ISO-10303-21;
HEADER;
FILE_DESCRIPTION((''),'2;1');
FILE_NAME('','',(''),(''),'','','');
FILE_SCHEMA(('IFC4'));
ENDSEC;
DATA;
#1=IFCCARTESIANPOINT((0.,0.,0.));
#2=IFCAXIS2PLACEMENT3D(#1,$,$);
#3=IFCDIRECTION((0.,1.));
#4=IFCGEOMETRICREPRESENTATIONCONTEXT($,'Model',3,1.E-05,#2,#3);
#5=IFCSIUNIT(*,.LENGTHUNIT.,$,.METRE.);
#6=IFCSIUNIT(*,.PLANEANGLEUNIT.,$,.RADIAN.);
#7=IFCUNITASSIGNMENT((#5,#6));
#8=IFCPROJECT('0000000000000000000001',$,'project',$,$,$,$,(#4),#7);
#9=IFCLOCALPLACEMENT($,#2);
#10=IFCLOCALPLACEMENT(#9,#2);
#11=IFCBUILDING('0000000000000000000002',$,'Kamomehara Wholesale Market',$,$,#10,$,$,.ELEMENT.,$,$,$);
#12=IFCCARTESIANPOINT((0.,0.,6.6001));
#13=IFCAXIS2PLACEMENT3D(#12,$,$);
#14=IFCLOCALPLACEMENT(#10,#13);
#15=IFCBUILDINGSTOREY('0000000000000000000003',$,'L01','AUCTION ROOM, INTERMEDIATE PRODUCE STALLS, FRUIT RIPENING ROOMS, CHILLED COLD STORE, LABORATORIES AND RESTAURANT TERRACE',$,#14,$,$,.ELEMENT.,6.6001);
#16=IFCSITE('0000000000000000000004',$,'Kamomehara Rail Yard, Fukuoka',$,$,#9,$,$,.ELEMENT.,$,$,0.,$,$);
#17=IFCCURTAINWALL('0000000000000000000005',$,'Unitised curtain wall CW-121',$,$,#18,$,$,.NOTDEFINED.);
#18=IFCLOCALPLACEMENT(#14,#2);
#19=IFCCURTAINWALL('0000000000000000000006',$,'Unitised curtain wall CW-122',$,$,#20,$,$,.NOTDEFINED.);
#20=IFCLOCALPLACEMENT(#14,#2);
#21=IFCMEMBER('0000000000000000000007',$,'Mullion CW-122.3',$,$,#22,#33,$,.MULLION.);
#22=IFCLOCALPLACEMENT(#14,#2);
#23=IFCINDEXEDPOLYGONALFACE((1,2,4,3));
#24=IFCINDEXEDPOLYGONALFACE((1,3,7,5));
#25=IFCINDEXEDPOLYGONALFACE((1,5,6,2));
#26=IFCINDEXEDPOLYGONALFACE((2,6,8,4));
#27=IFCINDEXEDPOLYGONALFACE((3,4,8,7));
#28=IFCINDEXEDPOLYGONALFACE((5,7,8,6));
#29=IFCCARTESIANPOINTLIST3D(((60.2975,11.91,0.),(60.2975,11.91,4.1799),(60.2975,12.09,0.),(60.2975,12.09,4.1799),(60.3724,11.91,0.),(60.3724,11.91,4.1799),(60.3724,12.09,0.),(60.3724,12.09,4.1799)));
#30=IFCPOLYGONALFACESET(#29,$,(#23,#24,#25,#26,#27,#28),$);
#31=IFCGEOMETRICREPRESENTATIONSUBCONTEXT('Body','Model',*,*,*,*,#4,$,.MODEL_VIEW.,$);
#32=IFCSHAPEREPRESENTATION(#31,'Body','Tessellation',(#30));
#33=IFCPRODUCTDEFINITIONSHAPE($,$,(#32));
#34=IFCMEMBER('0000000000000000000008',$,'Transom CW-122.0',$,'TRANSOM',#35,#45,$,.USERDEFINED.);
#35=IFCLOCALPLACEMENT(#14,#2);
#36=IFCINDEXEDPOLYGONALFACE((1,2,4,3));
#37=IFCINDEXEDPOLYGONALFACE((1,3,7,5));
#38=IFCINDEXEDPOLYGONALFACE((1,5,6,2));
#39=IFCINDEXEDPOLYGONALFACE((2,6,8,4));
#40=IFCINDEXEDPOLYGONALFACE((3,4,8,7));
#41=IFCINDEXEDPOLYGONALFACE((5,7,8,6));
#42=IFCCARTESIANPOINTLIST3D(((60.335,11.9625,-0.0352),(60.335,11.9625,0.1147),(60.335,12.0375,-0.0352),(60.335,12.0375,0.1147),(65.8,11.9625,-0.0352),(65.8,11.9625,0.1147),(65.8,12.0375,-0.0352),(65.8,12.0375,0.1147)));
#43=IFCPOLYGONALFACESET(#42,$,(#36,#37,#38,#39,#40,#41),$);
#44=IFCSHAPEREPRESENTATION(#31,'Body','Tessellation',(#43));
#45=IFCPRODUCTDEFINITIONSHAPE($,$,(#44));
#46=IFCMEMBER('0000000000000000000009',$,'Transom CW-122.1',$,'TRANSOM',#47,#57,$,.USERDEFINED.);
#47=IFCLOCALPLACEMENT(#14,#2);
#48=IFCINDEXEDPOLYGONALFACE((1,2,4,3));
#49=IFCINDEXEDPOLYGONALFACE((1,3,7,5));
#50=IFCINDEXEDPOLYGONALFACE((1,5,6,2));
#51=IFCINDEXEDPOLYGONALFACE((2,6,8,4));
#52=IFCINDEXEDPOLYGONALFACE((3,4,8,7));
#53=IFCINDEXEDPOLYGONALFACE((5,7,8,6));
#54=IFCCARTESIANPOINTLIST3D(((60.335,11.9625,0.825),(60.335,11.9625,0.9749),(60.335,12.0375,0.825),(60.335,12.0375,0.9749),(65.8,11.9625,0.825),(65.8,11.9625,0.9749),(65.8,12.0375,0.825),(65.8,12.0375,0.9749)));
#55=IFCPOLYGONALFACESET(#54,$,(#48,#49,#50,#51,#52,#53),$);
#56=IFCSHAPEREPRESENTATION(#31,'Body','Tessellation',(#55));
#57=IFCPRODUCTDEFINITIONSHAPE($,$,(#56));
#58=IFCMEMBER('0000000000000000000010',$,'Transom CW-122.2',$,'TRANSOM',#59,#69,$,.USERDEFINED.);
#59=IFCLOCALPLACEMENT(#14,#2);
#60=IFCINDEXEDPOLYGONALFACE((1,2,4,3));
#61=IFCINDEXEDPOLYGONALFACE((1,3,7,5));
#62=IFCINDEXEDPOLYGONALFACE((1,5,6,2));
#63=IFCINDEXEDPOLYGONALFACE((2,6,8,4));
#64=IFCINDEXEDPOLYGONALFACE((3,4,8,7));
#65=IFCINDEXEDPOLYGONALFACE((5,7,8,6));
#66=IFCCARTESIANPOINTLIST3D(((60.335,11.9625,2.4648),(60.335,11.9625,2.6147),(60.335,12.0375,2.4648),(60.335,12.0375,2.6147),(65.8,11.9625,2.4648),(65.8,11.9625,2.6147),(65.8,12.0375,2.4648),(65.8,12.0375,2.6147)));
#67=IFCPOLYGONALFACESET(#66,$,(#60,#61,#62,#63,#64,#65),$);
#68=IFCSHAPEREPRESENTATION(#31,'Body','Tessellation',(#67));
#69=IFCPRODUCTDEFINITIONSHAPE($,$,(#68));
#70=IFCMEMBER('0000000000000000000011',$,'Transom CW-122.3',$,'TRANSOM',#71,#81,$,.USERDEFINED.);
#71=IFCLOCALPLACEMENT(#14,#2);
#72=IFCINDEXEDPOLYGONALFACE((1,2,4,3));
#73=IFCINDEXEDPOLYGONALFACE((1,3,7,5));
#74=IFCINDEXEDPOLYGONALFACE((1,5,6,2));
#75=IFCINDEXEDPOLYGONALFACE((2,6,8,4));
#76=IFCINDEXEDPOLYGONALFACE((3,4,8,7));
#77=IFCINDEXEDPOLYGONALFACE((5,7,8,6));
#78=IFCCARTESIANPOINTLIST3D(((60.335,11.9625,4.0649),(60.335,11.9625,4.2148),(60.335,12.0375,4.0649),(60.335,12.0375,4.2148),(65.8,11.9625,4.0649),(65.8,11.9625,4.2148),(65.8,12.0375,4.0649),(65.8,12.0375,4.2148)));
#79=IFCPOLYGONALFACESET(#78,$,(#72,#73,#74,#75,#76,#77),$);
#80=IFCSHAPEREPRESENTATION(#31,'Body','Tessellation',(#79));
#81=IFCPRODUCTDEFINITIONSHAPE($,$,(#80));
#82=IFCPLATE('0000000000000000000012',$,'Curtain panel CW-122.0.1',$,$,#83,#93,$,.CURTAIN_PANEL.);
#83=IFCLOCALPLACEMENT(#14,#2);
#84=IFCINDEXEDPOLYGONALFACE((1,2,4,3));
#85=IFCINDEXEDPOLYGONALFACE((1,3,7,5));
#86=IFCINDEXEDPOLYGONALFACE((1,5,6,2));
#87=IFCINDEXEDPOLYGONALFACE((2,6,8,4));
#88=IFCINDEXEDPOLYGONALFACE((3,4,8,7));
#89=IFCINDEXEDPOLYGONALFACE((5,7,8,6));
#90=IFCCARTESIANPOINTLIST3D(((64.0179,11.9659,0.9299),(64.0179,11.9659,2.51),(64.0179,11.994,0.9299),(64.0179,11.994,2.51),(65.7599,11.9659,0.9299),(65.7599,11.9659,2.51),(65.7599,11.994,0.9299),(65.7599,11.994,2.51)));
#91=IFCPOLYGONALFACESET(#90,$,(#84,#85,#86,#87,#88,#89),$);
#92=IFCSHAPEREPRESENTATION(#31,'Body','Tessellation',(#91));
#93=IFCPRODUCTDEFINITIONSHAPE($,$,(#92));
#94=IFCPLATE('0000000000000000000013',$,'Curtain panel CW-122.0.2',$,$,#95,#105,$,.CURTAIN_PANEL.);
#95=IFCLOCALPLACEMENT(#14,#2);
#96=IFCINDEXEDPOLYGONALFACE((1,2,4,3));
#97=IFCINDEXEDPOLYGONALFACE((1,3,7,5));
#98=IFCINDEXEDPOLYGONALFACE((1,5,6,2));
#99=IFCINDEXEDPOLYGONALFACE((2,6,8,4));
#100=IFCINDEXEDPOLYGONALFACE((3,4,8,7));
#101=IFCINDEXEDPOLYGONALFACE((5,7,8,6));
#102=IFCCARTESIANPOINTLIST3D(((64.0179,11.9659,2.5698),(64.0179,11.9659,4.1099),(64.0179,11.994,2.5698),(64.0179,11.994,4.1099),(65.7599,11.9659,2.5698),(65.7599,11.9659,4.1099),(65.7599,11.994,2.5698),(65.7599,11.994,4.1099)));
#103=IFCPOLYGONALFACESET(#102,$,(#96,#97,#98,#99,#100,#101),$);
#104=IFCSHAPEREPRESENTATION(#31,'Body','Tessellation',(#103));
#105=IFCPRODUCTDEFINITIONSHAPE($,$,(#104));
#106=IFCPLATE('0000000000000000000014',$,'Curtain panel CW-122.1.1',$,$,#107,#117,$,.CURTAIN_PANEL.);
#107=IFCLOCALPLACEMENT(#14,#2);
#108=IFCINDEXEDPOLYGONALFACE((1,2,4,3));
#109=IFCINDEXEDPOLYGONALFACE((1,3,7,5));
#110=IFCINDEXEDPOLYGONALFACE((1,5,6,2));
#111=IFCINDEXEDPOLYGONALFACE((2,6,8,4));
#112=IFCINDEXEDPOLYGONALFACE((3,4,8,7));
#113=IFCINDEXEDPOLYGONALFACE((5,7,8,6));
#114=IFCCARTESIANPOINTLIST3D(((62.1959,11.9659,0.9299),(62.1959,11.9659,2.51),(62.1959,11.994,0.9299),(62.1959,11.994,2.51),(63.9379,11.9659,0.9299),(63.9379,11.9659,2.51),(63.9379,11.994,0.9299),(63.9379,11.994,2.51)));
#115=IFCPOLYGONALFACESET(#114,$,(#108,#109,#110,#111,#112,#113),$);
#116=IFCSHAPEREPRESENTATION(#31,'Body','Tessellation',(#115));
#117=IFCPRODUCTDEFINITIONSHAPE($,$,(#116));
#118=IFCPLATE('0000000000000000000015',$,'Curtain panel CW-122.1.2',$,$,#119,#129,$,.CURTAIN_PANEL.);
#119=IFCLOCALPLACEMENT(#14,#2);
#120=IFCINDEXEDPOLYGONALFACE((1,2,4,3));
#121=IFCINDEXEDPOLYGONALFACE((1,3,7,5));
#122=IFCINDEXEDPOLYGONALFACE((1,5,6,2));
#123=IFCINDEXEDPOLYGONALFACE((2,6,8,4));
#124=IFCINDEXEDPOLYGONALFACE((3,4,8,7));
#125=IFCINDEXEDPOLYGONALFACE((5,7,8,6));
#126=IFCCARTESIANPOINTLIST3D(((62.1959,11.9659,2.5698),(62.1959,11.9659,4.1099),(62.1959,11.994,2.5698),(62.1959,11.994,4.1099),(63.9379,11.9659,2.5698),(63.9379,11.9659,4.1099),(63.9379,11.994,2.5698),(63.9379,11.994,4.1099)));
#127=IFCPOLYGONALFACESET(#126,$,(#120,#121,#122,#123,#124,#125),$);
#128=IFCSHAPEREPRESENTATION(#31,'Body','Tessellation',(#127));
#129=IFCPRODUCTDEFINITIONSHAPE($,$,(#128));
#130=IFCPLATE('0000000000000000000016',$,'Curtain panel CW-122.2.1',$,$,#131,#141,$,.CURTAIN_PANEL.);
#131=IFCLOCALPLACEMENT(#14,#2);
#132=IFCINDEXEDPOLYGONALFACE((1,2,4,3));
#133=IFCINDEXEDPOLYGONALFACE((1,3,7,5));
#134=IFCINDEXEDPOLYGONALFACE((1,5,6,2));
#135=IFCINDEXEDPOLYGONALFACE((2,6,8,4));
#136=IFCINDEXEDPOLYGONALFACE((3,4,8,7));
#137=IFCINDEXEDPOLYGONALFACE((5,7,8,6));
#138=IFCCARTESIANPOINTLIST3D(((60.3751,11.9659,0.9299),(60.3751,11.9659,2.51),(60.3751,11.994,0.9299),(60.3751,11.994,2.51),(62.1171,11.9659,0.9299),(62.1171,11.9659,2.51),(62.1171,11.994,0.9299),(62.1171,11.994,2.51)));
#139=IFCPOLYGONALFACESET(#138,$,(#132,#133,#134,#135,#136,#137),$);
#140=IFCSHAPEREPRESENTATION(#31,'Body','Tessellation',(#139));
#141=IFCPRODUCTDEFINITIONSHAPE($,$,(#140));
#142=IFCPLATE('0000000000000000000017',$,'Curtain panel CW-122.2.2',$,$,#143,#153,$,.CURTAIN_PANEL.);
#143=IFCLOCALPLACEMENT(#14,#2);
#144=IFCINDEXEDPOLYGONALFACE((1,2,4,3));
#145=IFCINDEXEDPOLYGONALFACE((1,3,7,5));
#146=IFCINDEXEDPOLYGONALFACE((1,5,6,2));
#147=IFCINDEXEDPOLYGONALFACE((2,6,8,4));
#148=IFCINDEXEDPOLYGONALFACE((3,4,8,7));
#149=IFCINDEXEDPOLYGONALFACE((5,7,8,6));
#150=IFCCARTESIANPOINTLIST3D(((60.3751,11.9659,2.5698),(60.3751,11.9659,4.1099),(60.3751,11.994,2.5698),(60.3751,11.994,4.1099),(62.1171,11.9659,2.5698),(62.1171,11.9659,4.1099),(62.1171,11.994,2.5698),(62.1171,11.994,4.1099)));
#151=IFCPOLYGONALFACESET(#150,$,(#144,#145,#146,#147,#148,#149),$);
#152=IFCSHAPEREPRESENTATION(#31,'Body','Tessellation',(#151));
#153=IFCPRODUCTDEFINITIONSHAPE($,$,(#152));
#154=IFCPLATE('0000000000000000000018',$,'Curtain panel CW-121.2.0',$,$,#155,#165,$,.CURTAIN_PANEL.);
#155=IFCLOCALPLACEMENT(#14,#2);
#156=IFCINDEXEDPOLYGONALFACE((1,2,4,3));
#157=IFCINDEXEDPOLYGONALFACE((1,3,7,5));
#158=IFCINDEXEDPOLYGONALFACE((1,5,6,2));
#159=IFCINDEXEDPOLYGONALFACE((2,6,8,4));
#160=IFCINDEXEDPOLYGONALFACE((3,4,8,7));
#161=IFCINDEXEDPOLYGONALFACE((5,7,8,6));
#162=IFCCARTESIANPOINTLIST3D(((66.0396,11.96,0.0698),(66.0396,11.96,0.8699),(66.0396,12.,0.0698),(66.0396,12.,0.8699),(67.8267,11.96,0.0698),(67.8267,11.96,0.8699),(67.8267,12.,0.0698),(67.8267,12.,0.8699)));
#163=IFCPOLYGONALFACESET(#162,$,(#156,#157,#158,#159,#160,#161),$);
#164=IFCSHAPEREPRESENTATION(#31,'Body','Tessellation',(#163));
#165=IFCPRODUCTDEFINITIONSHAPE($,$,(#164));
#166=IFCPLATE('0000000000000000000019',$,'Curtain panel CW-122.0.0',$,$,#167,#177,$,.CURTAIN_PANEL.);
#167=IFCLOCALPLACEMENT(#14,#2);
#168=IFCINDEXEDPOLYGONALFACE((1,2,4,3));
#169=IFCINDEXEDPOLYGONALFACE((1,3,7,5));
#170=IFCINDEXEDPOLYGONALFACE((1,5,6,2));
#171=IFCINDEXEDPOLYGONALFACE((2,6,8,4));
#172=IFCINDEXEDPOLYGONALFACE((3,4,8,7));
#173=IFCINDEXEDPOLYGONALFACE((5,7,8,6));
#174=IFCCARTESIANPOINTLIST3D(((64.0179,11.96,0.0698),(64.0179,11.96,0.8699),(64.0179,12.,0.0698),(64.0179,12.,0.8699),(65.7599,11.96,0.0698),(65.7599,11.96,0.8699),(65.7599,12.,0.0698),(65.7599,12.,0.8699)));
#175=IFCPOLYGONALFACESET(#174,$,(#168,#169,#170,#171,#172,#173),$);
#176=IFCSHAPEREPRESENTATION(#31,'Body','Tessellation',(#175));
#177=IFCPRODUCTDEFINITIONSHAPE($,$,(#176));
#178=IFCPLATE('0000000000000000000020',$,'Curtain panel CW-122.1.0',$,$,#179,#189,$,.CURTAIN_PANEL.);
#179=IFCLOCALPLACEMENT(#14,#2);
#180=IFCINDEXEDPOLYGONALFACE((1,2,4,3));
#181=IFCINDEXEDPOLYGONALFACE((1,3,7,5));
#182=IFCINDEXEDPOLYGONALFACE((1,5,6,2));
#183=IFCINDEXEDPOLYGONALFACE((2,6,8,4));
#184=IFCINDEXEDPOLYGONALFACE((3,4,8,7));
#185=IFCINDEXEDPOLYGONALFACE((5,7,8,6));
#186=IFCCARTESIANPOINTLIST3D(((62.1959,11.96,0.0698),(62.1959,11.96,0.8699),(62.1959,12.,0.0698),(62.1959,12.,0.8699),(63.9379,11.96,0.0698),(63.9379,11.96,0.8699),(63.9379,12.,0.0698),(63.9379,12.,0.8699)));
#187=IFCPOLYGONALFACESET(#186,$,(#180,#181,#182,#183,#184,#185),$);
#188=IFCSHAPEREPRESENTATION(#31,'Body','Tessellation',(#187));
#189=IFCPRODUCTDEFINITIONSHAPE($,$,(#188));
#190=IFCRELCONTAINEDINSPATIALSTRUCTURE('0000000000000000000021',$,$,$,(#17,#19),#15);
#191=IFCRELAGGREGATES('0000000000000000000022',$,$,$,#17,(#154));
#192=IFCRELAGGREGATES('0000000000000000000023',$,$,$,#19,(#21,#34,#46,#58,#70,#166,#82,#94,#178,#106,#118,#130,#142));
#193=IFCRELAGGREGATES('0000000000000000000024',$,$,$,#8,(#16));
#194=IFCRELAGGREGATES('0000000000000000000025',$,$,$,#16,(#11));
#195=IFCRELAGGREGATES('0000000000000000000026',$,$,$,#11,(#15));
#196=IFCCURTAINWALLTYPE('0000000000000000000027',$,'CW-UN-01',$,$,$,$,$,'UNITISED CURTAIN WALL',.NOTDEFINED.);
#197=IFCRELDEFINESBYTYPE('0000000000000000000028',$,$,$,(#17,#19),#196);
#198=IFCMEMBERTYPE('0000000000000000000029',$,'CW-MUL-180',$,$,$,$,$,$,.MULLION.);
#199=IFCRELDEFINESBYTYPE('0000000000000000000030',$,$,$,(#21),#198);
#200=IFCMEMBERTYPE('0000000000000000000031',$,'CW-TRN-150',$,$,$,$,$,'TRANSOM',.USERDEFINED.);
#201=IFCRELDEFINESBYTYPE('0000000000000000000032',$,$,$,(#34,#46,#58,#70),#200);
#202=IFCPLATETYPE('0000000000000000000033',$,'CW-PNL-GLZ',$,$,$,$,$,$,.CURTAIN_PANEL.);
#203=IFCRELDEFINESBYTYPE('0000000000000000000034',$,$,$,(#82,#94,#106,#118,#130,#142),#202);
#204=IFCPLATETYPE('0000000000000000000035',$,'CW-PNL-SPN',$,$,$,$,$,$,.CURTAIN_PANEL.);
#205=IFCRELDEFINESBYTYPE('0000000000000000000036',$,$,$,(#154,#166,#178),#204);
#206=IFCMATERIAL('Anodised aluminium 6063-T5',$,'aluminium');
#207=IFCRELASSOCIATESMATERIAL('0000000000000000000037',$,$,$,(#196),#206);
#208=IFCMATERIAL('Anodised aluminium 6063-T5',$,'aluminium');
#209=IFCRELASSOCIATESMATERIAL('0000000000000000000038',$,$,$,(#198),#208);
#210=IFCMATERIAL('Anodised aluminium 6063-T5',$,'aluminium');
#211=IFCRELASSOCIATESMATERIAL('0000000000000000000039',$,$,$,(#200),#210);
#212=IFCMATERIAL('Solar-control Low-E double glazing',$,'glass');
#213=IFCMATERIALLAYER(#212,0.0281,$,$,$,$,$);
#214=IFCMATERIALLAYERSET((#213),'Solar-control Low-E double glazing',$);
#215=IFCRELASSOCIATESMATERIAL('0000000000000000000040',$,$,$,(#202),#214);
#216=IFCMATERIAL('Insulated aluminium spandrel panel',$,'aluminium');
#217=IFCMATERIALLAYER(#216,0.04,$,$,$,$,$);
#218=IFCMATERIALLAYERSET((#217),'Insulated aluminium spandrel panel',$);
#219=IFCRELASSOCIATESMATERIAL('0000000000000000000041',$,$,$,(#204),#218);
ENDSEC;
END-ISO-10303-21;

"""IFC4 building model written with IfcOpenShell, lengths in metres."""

from ifc_helpers import new_model, si_unit, direction, frame, origin, origin_2d, place, context, subcontext, project, spatial, rectangle, extrude, material, layer, layer_set, material_profile, profile_set, type_object, element, aggregate, save


model = new_model("IFC4")

# Units and contexts
model_context = context("Model", 3, precision=1e-05, world=origin(), true_north=direction((0.0, 1.0)))
body_context = subcontext(model_context, "Body", "Model", "MODEL_VIEW")
ifc_project = project(units=[si_unit("LENGTHUNIT", "METRE"), si_unit("PLANEANGLEUNIT", "RADIAN")], contexts=[model_context])

# Site, building, storey
site_placement = place(None, origin())
site = spatial("IfcSite", under=ifc_project, at=site_placement, Name="Kamomehara Rail Yard, Fukuoka", CompositionType="ELEMENT", RefElevation=0.0)
building_placement = place(site_placement, origin())
building = spatial("IfcBuilding", under=site, at=building_placement, Name="Kamomehara Wholesale Market", CompositionType="ELEMENT")
storey_placement = place(building_placement, frame((0.0, 0.0, 6.6001)))
storey = spatial("IfcBuildingStorey", under=building, at=storey_placement, Name="L01", Description="AUCTION ROOM, INTERMEDIATE PRODUCE STALLS, FRUIT RIPENING ROOMS, CHILLED COLD STORE, LABORATORIES AND RESTAURANT TERRACE", CompositionType="ELEMENT", Elevation=6.6001)

# Curtain wall
ifc_material_1 = material(Name="Anodised aluminium 6063-T5", Category="aluminium")
curtain_wall_type = type_object("IfcCurtainWallType", Name="CW-UN-01", ElementType="UNITISED CURTAIN WALL", PredefinedType="NOTDEFINED", material=ifc_material_1)
curtain_wall_1_placement = place(storey_placement, origin())
curtain_wall_1 = element("IfcCurtainWall", 1, at=curtain_wall_1_placement, inside=storey, type_object=curtain_wall_type, Name="Unitised curtain wall CW-121", PredefinedType="NOTDEFINED")
ifc_material_2 = material(Name="Anodised aluminium 6063-T5", Category="aluminium")
ifc_material_profile_1 = material_profile(ifc_material_2, rectangle(XDim=0.075, YDim=0.1799, at=origin_2d()), Name="ALU-MUL-75x180")
ifc_profile_set_1 = profile_set([ifc_material_profile_1], Name="Anodised aluminium 6063-T5")
member_type_1 = type_object("IfcMemberType", Name="CW-MUL-180", PredefinedType="MULLION", material=ifc_profile_set_1)

# Curtain wall, members, plates
curtain_wall_2_placement = place(storey_placement, origin())
curtain_wall_2 = element("IfcCurtainWall", 2, at=curtain_wall_2_placement, inside=storey, type_object=curtain_wall_type, Name="Unitised curtain wall CW-122", PredefinedType="NOTDEFINED")
member_1_placement = place(storey_placement, frame((60.335, 12.0, 0.0), z_axis=(0.0, 0.0, 1.0), x_axis=(-1.0, 0.0, 0.0)))
member_1 = element("IfcMember", 3, at=member_1_placement, type_object=member_type_1, Name="Mullion CW-122.3", PredefinedType="MULLION", context=body_context, shape_type="SweptSolid", body=[
    extrude(rectangle(XDim=0.075, YDim=0.1799, at=origin_2d()), origin(), (0.0, 0.0, 1.0), 4.1799),
])
ifc_material_3 = material(Name="Anodised aluminium 6063-T5", Category="aluminium")
ifc_material_profile_2 = material_profile(ifc_material_3, rectangle(XDim=0.075, YDim=0.1499, at=origin_2d()), Name="ALU-TRN-75x150")
ifc_profile_set_2 = profile_set([ifc_material_profile_2], Name="Anodised aluminium 6063-T5")
member_type_2 = type_object("IfcMemberType", Name="CW-TRN-150", ElementType="TRANSOM", PredefinedType="USERDEFINED", material=ifc_profile_set_2)
member_2_placement = place(storey_placement, frame((65.8, 12.0, 0.0398), z_axis=(-1.0, 0.0, 0.0), x_axis=(0.0, -1.0, 0.0)))
member_2 = element("IfcMember", 4, at=member_2_placement, type_object=member_type_2, Name="Transom CW-122.0", ObjectType="TRANSOM", PredefinedType="USERDEFINED", context=body_context, shape_type="SweptSolid", body=[
    extrude(rectangle(XDim=0.075, YDim=0.1499, at=origin_2d()), origin(), (0.0, 0.0, 1.0), 5.4651),
])
member_3_placement = place(storey_placement, frame((65.8, 12.0, 0.8999), z_axis=(-1.0, 0.0, 0.0), x_axis=(0.0, -1.0, 0.0)))
member_3 = element("IfcMember", 5, at=member_3_placement, type_object=member_type_2, Name="Transom CW-122.1", ObjectType="TRANSOM", PredefinedType="USERDEFINED", context=body_context, shape_type="SweptSolid", body=[
    extrude(rectangle(XDim=0.075, YDim=0.1499, at=origin_2d()), origin(), (0.0, 0.0, 1.0), 5.4651),
])
member_4_placement = place(storey_placement, frame((65.8, 12.0, 2.5398), z_axis=(-1.0, 0.0, 0.0), x_axis=(0.0, -1.0, 0.0)))
member_4 = element("IfcMember", 6, at=member_4_placement, type_object=member_type_2, Name="Transom CW-122.2", ObjectType="TRANSOM", PredefinedType="USERDEFINED", context=body_context, shape_type="SweptSolid", body=[
    extrude(rectangle(XDim=0.075, YDim=0.1499, at=origin_2d()), origin(), (0.0, 0.0, 1.0), 5.4651),
])
member_5_placement = place(storey_placement, frame((65.8, 12.0, 4.1399), z_axis=(-1.0, 0.0, 0.0), x_axis=(0.0, -1.0, 0.0)))
member_5 = element("IfcMember", 7, at=member_5_placement, type_object=member_type_2, Name="Transom CW-122.3", ObjectType="TRANSOM", PredefinedType="USERDEFINED", context=body_context, shape_type="SweptSolid", body=[
    extrude(rectangle(XDim=0.075, YDim=0.1499, at=origin_2d()), origin(), (0.0, 0.0, 1.0), 5.4651),
])
ifc_material_4 = material(Name="Solar-control Low-E double glazing", Category="glass")
ifc_layer_1 = layer(ifc_material_4, 0.0281)
ifc_layer_set_1 = layer_set([ifc_layer_1], Name="Solar-control Low-E double glazing")
plate_type_1 = type_object("IfcPlateType", Name="CW-PNL-GLZ", PredefinedType="CURTAIN_PANEL", material=ifc_layer_set_1)
plate_1_placement = place(storey_placement, frame((64.8889, 11.98, 0.9299), z_axis=(0.0, 0.0, 1.0), x_axis=(-1.0, 0.0, 0.0)))
plate_1 = element("IfcPlate", 8, at=plate_1_placement, type_object=plate_type_1, Name="Curtain panel CW-122.0.1", PredefinedType="CURTAIN_PANEL", context=body_context, shape_type="SweptSolid", body=[
    extrude(rectangle(XDim=1.7419, YDim=0.0281, at=origin_2d()), origin(), (0.0, 0.0, 1.0), 1.5801),
])
plate_2_placement = place(storey_placement, frame((64.8889, 11.98, 2.5698), z_axis=(0.0, 0.0, 1.0), x_axis=(-1.0, 0.0, 0.0)))
plate_2 = element("IfcPlate", 9, at=plate_2_placement, type_object=plate_type_1, Name="Curtain panel CW-122.0.2", PredefinedType="CURTAIN_PANEL", context=body_context, shape_type="SweptSolid", body=[
    extrude(rectangle(XDim=1.7419, YDim=0.0281, at=origin_2d()), origin(), (0.0, 0.0, 1.0), 1.54),
])
plate_3_placement = place(storey_placement, frame((63.0669, 11.98, 0.9299), z_axis=(0.0, 0.0, 1.0), x_axis=(-1.0, 0.0, 0.0)))
plate_3 = element("IfcPlate", 10, at=plate_3_placement, type_object=plate_type_1, Name="Curtain panel CW-122.1.1", PredefinedType="CURTAIN_PANEL", context=body_context, shape_type="SweptSolid", body=[
    extrude(rectangle(XDim=1.7419, YDim=0.0281, at=origin_2d()), origin(), (0.0, 0.0, 1.0), 1.5801),
])
plate_4_placement = place(storey_placement, frame((63.0669, 11.98, 2.5698), z_axis=(0.0, 0.0, 1.0), x_axis=(-1.0, 0.0, 0.0)))
plate_4 = element("IfcPlate", 11, at=plate_4_placement, type_object=plate_type_1, Name="Curtain panel CW-122.1.2", PredefinedType="CURTAIN_PANEL", context=body_context, shape_type="SweptSolid", body=[
    extrude(rectangle(XDim=1.7419, YDim=0.0281, at=origin_2d()), origin(), (0.0, 0.0, 1.0), 1.54),
])
plate_5_placement = place(storey_placement, frame((61.2461, 11.98, 0.9299), z_axis=(0.0, 0.0, 1.0), x_axis=(-1.0, 0.0, 0.0)))
plate_5 = element("IfcPlate", 12, at=plate_5_placement, type_object=plate_type_1, Name="Curtain panel CW-122.2.1", PredefinedType="CURTAIN_PANEL", context=body_context, shape_type="SweptSolid", body=[
    extrude(rectangle(XDim=1.7419, YDim=0.0281, at=origin_2d()), origin(), (0.0, 0.0, 1.0), 1.5801),
])
plate_6_placement = place(storey_placement, frame((61.2461, 11.98, 2.5698), z_axis=(0.0, 0.0, 1.0), x_axis=(-1.0, 0.0, 0.0)))
plate_6 = element("IfcPlate", 13, at=plate_6_placement, type_object=plate_type_1, Name="Curtain panel CW-122.2.2", PredefinedType="CURTAIN_PANEL", context=body_context, shape_type="SweptSolid", body=[
    extrude(rectangle(XDim=1.7419, YDim=0.0281, at=origin_2d()), origin(), (0.0, 0.0, 1.0), 1.54),
])

# Plates
ifc_material_5 = material(Name="Insulated aluminium spandrel panel", Category="aluminium")
ifc_layer_2 = layer(ifc_material_5, 0.04)
ifc_layer_set_2 = layer_set([ifc_layer_2], Name="Insulated aluminium spandrel panel")
plate_type_2 = type_object("IfcPlateType", Name="CW-PNL-SPN", PredefinedType="CURTAIN_PANEL", material=ifc_layer_set_2)
plate_7_placement = place(storey_placement, frame((66.9331, 11.98, 0.0698), z_axis=(0.0, 0.0, 1.0), x_axis=(-1.0, 0.0, 0.0)))
plate_7 = element("IfcPlate", 14, at=plate_7_placement, type_object=plate_type_2, Name="Curtain panel CW-121.2.0", PredefinedType="CURTAIN_PANEL", context=body_context, shape_type="SweptSolid", body=[
    extrude(rectangle(XDim=1.7871, YDim=0.04, at=origin_2d()), origin(), (0.0, 0.0, 1.0), 0.8),
])
aggregate(curtain_wall_1, [plate_7])
plate_8_placement = place(storey_placement, frame((64.8889, 11.98, 0.0698), z_axis=(0.0, 0.0, 1.0), x_axis=(-1.0, 0.0, 0.0)))
plate_8 = element("IfcPlate", 15, at=plate_8_placement, type_object=plate_type_2, Name="Curtain panel CW-122.0.0", PredefinedType="CURTAIN_PANEL", context=body_context, shape_type="SweptSolid", body=[
    extrude(rectangle(XDim=1.7419, YDim=0.04, at=origin_2d()), origin(), (0.0, 0.0, 1.0), 0.8),
])
plate_9_placement = place(storey_placement, frame((63.0669, 11.98, 0.0698), z_axis=(0.0, 0.0, 1.0), x_axis=(-1.0, 0.0, 0.0)))
plate_9 = element("IfcPlate", 16, at=plate_9_placement, type_object=plate_type_2, Name="Curtain panel CW-122.1.0", PredefinedType="CURTAIN_PANEL", context=body_context, shape_type="SweptSolid", body=[
    extrude(rectangle(XDim=1.7419, YDim=0.04, at=origin_2d()), origin(), (0.0, 0.0, 1.0), 0.8),
])
aggregate(curtain_wall_2, [member_1, member_2, member_3, member_4, member_5, plate_8, plate_1, plate_2, plate_9, plate_3, plate_4, plate_5, plate_6])

save(model, "model.ifc")
